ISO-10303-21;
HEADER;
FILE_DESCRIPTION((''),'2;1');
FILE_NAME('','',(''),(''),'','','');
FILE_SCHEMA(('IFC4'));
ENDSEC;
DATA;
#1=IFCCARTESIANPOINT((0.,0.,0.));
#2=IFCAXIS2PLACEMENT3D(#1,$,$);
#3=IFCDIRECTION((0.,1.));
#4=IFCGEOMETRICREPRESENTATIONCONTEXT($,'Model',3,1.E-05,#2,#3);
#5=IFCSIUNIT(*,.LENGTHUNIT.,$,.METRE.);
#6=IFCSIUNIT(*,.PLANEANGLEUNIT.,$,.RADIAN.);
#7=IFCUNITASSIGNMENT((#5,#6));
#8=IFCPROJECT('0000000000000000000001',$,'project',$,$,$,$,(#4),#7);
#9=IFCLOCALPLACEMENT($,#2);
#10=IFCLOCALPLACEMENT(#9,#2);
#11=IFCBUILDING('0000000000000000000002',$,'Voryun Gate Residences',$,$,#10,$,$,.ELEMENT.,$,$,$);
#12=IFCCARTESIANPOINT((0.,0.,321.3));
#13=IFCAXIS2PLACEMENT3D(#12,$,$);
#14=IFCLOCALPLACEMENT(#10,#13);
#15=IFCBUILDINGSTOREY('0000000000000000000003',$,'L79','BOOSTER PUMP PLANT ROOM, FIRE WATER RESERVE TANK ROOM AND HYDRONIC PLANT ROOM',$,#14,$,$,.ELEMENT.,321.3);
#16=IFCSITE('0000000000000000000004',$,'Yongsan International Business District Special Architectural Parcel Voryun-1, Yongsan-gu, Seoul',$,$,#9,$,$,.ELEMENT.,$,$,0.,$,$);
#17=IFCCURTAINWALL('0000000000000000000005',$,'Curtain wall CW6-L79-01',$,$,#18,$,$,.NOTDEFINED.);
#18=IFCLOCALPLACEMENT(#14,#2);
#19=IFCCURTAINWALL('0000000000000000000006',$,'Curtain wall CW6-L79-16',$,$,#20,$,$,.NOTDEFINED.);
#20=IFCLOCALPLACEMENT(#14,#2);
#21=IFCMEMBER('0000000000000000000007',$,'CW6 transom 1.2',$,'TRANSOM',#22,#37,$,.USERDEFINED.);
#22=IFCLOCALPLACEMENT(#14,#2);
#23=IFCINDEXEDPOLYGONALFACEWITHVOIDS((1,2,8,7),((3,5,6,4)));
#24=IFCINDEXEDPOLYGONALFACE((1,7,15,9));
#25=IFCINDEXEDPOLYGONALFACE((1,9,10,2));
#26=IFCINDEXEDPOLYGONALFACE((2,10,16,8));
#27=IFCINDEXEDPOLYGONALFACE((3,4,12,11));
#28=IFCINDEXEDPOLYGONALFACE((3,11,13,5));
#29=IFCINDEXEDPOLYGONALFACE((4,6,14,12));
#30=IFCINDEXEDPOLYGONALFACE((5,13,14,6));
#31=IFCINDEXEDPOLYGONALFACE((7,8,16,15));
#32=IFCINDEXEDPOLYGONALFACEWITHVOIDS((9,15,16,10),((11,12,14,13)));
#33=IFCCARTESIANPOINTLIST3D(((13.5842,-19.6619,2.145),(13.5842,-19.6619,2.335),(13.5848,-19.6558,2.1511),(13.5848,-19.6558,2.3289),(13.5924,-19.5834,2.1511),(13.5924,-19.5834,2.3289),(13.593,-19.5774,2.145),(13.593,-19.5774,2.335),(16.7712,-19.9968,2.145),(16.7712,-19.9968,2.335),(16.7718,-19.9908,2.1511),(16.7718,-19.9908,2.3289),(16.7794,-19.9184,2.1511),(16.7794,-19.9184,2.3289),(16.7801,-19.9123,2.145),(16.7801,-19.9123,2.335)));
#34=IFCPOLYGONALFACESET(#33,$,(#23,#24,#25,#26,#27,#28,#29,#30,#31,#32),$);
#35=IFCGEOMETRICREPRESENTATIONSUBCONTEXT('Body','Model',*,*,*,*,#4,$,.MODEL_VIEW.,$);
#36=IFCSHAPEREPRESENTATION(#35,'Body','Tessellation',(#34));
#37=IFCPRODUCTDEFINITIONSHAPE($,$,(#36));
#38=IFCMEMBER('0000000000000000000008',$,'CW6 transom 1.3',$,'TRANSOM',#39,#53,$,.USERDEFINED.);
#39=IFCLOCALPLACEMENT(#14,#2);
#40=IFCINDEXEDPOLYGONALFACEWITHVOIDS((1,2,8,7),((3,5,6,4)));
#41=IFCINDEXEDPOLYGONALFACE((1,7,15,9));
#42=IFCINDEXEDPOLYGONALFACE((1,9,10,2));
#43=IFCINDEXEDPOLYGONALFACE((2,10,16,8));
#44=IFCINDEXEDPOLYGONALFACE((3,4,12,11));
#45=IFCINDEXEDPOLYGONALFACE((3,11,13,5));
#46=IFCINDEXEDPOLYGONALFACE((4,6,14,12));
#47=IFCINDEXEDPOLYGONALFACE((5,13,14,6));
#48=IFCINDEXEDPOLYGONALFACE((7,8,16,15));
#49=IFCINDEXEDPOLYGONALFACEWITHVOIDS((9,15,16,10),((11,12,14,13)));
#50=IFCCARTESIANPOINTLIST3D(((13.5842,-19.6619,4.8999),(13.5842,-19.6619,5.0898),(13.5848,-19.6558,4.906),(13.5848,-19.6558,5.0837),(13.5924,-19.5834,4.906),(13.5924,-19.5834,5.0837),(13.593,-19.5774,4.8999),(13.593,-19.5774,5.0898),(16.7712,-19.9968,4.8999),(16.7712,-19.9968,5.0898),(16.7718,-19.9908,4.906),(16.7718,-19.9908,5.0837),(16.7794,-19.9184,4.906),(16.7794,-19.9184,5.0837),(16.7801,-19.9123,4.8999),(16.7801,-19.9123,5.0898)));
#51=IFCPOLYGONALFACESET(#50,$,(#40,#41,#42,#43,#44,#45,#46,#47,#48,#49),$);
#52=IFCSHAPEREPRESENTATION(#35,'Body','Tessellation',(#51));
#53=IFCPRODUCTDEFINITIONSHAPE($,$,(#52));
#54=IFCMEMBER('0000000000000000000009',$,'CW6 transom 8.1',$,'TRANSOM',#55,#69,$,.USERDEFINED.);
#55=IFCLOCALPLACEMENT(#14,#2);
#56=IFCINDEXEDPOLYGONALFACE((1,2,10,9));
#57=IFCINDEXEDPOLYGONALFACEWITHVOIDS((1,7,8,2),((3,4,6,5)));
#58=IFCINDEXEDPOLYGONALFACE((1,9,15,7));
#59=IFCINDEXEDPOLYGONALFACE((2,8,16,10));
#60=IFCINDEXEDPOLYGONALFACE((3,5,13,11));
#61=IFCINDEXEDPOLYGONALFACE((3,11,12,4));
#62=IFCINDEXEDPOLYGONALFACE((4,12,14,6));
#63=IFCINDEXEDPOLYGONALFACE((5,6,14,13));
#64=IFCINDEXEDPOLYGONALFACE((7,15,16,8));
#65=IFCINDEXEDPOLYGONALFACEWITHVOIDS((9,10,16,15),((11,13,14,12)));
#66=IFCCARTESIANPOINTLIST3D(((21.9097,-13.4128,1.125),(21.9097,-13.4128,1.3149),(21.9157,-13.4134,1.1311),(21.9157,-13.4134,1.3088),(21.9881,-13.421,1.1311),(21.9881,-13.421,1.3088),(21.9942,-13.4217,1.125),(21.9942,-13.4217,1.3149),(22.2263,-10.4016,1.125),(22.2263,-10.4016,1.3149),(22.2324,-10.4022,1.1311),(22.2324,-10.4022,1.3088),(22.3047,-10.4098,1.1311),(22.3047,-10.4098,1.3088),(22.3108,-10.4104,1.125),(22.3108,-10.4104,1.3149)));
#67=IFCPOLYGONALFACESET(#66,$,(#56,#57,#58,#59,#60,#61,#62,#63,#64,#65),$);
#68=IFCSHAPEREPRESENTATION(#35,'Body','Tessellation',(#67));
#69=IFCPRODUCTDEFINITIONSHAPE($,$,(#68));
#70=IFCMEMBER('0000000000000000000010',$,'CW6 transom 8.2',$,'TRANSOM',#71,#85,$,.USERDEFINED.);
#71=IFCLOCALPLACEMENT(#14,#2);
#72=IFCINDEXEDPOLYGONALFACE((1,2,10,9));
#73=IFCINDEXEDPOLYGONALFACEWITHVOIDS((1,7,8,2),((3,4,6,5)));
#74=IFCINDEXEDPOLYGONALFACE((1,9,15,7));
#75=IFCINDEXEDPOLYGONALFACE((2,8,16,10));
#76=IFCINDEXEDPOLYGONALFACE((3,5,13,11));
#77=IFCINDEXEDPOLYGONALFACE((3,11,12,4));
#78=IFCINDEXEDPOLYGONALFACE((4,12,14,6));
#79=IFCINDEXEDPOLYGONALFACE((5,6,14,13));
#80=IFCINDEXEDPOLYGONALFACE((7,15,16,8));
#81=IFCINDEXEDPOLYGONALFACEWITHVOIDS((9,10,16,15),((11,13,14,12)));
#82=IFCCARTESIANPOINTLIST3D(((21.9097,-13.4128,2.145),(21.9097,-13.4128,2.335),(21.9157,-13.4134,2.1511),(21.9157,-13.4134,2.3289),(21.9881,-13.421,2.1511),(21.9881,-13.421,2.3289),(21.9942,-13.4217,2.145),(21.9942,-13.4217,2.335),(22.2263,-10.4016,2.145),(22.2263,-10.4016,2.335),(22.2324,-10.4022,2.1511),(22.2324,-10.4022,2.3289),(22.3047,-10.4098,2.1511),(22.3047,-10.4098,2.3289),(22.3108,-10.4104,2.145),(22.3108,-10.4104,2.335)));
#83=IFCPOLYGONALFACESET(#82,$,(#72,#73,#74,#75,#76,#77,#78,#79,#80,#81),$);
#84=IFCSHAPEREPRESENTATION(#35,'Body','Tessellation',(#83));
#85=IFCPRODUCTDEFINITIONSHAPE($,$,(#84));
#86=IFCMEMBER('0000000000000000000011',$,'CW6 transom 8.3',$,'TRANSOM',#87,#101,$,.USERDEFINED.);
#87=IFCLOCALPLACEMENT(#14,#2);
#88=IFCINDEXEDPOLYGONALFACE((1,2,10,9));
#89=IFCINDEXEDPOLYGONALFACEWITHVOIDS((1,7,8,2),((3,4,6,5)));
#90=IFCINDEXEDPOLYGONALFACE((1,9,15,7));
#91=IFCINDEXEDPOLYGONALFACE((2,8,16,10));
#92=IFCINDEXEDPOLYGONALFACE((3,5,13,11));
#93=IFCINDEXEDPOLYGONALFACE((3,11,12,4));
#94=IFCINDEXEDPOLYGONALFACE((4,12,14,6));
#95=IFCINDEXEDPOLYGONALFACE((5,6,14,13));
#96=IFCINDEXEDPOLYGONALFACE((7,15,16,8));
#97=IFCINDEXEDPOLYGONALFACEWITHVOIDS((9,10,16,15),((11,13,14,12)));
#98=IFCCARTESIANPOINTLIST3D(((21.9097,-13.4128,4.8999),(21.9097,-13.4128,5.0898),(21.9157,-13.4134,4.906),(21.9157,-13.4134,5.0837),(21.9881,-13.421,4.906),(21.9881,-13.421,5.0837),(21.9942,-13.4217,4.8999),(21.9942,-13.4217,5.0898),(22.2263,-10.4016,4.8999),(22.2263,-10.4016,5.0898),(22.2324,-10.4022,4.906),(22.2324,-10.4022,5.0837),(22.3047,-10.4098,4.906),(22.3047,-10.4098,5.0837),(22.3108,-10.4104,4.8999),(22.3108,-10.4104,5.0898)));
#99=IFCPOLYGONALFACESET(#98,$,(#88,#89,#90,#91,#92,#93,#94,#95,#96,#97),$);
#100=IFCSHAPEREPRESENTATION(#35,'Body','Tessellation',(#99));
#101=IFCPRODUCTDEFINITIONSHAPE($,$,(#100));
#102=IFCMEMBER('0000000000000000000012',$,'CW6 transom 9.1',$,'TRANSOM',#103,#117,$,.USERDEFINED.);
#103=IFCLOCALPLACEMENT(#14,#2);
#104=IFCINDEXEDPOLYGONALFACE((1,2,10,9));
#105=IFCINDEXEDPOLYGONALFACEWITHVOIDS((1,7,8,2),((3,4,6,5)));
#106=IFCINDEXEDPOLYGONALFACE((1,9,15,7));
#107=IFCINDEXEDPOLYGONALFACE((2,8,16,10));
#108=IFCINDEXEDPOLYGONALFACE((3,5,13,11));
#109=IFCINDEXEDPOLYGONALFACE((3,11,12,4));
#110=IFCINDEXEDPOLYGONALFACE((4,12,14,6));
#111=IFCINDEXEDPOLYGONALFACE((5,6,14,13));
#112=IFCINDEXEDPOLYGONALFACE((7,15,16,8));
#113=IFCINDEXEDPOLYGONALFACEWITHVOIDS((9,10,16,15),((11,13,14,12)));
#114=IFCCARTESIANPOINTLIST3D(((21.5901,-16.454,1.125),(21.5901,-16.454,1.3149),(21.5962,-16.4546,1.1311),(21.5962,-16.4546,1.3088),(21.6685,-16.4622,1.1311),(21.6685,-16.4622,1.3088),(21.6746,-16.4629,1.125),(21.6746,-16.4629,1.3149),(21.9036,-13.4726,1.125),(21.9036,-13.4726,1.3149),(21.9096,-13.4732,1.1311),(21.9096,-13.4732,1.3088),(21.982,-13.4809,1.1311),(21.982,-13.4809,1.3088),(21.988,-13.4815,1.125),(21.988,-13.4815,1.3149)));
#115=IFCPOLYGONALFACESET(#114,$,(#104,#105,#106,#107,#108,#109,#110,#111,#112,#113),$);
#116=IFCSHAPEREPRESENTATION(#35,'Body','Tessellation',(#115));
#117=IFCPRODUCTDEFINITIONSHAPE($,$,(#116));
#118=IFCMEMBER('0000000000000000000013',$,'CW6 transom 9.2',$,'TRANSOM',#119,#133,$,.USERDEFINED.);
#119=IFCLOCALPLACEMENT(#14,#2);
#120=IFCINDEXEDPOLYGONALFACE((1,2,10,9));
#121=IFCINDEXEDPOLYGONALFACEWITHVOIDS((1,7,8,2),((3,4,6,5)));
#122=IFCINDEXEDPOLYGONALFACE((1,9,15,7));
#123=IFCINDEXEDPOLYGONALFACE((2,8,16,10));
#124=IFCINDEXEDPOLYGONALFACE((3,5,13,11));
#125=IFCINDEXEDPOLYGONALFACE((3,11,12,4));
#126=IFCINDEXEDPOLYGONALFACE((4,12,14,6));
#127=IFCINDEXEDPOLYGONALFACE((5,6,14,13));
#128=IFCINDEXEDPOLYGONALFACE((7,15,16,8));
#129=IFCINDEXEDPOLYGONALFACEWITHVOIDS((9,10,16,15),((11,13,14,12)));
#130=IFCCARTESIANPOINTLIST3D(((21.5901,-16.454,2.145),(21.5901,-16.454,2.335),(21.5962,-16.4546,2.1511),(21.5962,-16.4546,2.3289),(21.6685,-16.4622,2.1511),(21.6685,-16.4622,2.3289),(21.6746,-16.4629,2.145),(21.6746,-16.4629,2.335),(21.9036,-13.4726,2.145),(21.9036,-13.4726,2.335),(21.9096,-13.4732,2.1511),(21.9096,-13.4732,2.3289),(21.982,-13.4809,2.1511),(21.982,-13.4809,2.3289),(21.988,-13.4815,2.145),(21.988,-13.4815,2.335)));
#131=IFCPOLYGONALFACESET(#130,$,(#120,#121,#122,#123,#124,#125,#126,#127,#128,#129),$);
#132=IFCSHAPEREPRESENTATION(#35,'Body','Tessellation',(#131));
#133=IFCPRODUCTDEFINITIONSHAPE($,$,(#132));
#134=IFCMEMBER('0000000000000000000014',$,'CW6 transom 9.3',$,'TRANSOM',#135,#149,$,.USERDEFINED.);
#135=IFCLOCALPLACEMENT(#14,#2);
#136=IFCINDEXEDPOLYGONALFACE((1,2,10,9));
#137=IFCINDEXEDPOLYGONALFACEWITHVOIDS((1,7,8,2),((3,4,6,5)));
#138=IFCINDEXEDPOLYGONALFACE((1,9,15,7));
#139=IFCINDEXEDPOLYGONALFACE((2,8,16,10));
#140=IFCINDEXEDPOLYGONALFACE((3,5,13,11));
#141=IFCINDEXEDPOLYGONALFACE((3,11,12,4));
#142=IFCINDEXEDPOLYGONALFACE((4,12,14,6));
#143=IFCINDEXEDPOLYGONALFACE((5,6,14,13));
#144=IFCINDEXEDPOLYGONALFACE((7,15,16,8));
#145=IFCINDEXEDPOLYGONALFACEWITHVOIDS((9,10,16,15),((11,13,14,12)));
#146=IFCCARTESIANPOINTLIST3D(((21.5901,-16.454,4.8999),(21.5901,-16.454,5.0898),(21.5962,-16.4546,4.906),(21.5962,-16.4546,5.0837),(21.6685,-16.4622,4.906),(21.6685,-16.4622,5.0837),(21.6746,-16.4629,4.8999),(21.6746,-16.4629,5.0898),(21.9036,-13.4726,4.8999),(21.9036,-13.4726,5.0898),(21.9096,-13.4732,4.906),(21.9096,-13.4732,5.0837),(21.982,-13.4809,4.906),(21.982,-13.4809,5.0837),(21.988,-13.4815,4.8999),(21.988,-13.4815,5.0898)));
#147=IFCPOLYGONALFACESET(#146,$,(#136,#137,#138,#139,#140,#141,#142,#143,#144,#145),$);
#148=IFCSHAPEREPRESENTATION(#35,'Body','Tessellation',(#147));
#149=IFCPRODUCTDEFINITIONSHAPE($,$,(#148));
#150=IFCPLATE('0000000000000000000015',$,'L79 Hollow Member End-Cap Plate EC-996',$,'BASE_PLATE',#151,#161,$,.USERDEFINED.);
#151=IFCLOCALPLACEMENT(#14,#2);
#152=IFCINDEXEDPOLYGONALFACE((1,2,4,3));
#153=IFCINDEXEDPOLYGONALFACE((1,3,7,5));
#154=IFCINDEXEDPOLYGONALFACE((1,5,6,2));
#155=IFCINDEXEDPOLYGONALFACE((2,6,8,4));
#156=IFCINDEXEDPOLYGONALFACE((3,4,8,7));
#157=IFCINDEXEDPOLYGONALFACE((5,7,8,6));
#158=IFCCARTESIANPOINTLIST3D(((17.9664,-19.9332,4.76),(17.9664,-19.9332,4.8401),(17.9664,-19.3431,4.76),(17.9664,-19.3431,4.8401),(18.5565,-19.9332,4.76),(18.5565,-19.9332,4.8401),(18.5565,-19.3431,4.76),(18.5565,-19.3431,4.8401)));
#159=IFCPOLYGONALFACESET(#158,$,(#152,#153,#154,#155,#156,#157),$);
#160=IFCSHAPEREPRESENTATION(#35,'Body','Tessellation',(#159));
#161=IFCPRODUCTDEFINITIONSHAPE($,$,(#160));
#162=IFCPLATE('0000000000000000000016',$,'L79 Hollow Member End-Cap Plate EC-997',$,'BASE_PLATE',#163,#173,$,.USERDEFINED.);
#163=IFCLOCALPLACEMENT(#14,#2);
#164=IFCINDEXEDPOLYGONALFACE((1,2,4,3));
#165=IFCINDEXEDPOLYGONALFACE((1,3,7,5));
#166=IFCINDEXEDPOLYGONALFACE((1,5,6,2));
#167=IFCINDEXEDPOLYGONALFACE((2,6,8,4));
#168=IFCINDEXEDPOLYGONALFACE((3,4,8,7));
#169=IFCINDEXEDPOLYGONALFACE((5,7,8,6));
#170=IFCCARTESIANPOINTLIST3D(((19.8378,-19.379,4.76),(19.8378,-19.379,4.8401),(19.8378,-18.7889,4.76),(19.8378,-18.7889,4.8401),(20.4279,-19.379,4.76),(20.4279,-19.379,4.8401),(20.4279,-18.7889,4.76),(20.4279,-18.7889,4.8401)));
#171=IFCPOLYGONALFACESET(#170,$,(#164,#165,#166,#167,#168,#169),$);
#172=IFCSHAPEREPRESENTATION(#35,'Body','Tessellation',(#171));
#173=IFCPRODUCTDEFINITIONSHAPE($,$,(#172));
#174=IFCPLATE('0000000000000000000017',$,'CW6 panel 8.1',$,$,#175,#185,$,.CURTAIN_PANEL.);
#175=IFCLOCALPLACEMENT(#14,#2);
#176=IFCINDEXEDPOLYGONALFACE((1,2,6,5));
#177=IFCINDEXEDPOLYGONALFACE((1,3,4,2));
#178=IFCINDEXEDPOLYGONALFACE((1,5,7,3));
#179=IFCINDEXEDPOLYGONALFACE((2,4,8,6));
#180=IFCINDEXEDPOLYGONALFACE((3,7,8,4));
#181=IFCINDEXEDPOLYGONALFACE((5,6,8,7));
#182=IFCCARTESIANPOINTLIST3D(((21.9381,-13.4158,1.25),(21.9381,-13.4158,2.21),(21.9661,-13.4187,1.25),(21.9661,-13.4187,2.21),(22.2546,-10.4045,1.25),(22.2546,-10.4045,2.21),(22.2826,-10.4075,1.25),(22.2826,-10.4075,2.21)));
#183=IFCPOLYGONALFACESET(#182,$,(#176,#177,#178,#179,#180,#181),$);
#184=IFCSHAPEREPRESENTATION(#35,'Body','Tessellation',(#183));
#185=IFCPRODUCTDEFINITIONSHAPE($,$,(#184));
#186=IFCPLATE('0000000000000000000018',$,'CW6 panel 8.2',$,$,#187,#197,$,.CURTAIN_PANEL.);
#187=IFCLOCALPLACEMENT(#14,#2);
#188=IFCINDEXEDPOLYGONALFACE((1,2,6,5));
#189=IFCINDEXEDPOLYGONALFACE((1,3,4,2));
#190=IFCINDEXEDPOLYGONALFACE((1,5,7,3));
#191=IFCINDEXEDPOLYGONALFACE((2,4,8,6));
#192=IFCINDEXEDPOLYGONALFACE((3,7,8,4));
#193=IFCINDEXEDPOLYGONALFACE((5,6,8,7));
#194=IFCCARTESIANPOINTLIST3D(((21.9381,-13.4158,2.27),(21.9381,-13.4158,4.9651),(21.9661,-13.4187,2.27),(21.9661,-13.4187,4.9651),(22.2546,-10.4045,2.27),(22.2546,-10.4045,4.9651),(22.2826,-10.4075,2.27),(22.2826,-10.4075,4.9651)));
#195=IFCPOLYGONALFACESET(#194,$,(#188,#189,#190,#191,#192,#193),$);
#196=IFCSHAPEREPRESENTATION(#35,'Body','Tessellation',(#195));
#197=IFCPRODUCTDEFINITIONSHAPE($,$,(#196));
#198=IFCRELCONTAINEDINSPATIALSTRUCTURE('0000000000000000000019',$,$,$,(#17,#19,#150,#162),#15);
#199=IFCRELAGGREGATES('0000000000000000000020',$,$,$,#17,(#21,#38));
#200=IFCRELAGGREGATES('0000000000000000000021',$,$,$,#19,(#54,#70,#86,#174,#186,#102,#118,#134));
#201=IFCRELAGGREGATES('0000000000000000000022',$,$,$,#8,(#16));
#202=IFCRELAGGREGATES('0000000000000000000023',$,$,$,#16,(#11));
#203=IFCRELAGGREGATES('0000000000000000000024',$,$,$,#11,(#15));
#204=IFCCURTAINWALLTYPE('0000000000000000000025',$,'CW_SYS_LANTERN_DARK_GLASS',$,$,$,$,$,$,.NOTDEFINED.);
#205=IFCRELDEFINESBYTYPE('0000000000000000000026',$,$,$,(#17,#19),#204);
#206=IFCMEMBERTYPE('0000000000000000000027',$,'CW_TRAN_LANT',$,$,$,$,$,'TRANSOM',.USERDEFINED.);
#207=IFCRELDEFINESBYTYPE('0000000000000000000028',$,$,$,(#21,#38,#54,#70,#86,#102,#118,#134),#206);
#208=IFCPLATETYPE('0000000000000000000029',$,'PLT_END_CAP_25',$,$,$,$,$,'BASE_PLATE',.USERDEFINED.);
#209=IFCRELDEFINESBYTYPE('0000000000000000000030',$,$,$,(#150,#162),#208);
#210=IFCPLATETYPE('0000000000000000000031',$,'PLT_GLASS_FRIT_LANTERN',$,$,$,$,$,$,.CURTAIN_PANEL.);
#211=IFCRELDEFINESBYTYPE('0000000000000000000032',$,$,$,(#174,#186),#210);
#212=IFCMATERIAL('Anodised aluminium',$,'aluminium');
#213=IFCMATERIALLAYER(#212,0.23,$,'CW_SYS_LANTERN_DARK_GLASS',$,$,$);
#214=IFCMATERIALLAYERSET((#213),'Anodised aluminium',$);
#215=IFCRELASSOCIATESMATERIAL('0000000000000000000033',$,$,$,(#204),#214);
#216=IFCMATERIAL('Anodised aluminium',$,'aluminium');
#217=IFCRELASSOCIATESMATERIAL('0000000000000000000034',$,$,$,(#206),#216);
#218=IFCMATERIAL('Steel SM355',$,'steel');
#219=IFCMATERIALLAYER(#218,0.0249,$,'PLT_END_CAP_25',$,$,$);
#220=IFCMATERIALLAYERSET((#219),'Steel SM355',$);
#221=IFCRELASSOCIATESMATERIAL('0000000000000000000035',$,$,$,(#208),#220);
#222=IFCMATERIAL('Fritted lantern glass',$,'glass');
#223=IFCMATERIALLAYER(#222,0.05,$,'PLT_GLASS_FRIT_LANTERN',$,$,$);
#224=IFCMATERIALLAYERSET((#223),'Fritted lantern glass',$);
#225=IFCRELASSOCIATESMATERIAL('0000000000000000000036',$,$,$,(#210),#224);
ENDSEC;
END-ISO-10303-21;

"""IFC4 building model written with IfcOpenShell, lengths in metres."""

from ifc_helpers import new_model, si_unit, direction, frame, origin, origin_2d, place, context, subcontext, project, spatial, rectangle, hollow_rectangle, extrude, material, layer, layer_set, material_profile, profile_set, type_object, element, aggregate, save


model = new_model("IFC4")

# Units and contexts
model_context = context("Model", 3, precision=1e-05, world=origin(), true_north=direction((0.0, 1.0)))
body_context = subcontext(model_context, "Body", "Model", "MODEL_VIEW")
ifc_project = project(units=[si_unit("LENGTHUNIT", "METRE"), si_unit("PLANEANGLEUNIT", "RADIAN")], contexts=[model_context])

# Site, building, storey
site_placement = place(None, origin())
site = spatial("IfcSite", under=ifc_project, at=site_placement, Name="Yongsan International Business District Special Architectural Parcel Voryun-1, Yongsan-gu, Seoul", CompositionType="ELEMENT", RefElevation=0.0)
building_placement = place(site_placement, origin())
building = spatial("IfcBuilding", under=site, at=building_placement, Name="Voryun Gate Residences", CompositionType="ELEMENT")
storey_placement = place(building_placement, frame((0.0, 0.0, 321.3)))
storey = spatial("IfcBuildingStorey", under=building, at=storey_placement, Name="L79", Description="BOOSTER PUMP PLANT ROOM, FIRE WATER RESERVE TANK ROOM AND HYDRONIC PLANT ROOM", CompositionType="ELEMENT", Elevation=321.3)

# Curtain wall
ifc_material_1 = material(Name="Anodised aluminium", Category="aluminium")
ifc_layer_1 = layer(ifc_material_1, 0.23, Name="CW_SYS_LANTERN_DARK_GLASS")
ifc_layer_set_1 = layer_set([ifc_layer_1], Name="Anodised aluminium")
curtain_wall_type = type_object("IfcCurtainWallType", Name="CW_SYS_LANTERN_DARK_GLASS", PredefinedType="NOTDEFINED", material=ifc_layer_set_1)
curtain_wall_1_placement = place(storey_placement, origin())
curtain_wall_1 = element("IfcCurtainWall", 1, at=curtain_wall_1_placement, inside=storey, type_object=curtain_wall_type, Name="Curtain wall CW6-L79-01", PredefinedType="NOTDEFINED")

# Curtain wall
curtain_wall_2_placement = place(storey_placement, origin())
curtain_wall_2 = element("IfcCurtainWall", 2, at=curtain_wall_2_placement, inside=storey, type_object=curtain_wall_type, Name="Curtain wall CW6-L79-16", PredefinedType="NOTDEFINED")

# Members
ifc_material_2 = material(Name="Anodised aluminium", Category="aluminium")
ifc_material_profile_1 = material_profile(ifc_material_2, hollow_rectangle(XDim=0.085, YDim=0.1899, WallThickness=0.0061, at=origin_2d()), Name="ALU-TRAN-190x85x6")
ifc_profile_set_1 = profile_set([ifc_material_profile_1], Name="Anodised aluminium")
member_type_1 = type_object("IfcMemberType", Name="CW_TRAN_LANT", ElementType="TRANSOM", PredefinedType="USERDEFINED", material=ifc_profile_set_1)
member_1_placement = place(storey_placement, frame((16.7756, -19.9546, 2.24), z_axis=(-0.994522, 0.104526, 0.0), x_axis=(-0.104526, -0.994522, 0.0)))
member_1 = element("IfcMember", 3, at=member_1_placement, type_object=member_type_1, Name="CW6 transom 1.2", ObjectType="TRANSOM", PredefinedType="USERDEFINED", context=body_context, shape_type="SweptSolid", body=[
    extrude(hollow_rectangle(XDim=0.085, YDim=0.1899, WallThickness=0.0061, at=origin_2d()), origin(), (0.0, 0.0, 1.0), 3.2046),
])
member_2_placement = place(storey_placement, frame((16.7756, -19.9546, 4.9949), z_axis=(-0.994522, 0.104526, 0.0), x_axis=(-0.104526, -0.994522, 0.0)))
member_2 = element("IfcMember", 4, at=member_2_placement, type_object=member_type_1, Name="CW6 transom 1.3", ObjectType="TRANSOM", PredefinedType="USERDEFINED", context=body_context, shape_type="SweptSolid", body=[
    extrude(hollow_rectangle(XDim=0.085, YDim=0.1899, WallThickness=0.0061, at=origin_2d()), origin(), (0.0, 0.0, 1.0), 3.2046),
])
aggregate(curtain_wall_1, [member_1, member_2])
member_3_placement = place(storey_placement, frame((22.2686, -10.406, 1.22), z_axis=(-0.10458, -0.994516, 0.0), x_axis=(0.994516, -0.10458, 0.0)))
member_3 = element("IfcMember", 5, at=member_3_placement, type_object=member_type_1, Name="CW6 transom 8.1", ObjectType="TRANSOM", PredefinedType="USERDEFINED", context=body_context, shape_type="SweptSolid", body=[
    extrude(hollow_rectangle(XDim=0.085, YDim=0.1899, WallThickness=0.0061, at=origin_2d()), origin(), (0.0, 0.0, 1.0), 3.0278),
])
member_4_placement = place(storey_placement, frame((22.2686, -10.406, 2.24), z_axis=(-0.10458, -0.994516, 0.0), x_axis=(0.994516, -0.10458, 0.0)))
member_4 = element("IfcMember", 6, at=member_4_placement, type_object=member_type_1, Name="CW6 transom 8.2", ObjectType="TRANSOM", PredefinedType="USERDEFINED", context=body_context, shape_type="SweptSolid", body=[
    extrude(hollow_rectangle(XDim=0.085, YDim=0.1899, WallThickness=0.0061, at=origin_2d()), origin(), (0.0, 0.0, 1.0), 3.0278),
])
member_5_placement = place(storey_placement, frame((22.2686, -10.406, 4.9949), z_axis=(-0.10458, -0.994516, 0.0), x_axis=(0.994516, -0.10458, 0.0)))
member_5 = element("IfcMember", 7, at=member_5_placement, type_object=member_type_1, Name="CW6 transom 8.3", ObjectType="TRANSOM", PredefinedType="USERDEFINED", context=body_context, shape_type="SweptSolid", body=[
    extrude(hollow_rectangle(XDim=0.085, YDim=0.1899, WallThickness=0.0061, at=origin_2d()), origin(), (0.0, 0.0, 1.0), 3.0278),
])
member_6_placement = place(storey_placement, frame((21.9458, -13.4771, 1.22), z_axis=(-0.104566, -0.994518, 0.0), x_axis=(0.994518, -0.104566, 0.0)))
member_6 = element("IfcMember", 8, at=member_6_placement, type_object=member_type_1, Name="CW6 transom 9.1", ObjectType="TRANSOM", PredefinedType="USERDEFINED", context=body_context, shape_type="SweptSolid", body=[
    extrude(hollow_rectangle(XDim=0.085, YDim=0.1899, WallThickness=0.0061, at=origin_2d()), origin(), (0.0, 0.0, 1.0), 2.9978),
])
member_7_placement = place(storey_placement, frame((21.9458, -13.4771, 2.24), z_axis=(-0.104566, -0.994518, 0.0), x_axis=(0.994518, -0.104566, 0.0)))
member_7 = element("IfcMember", 9, at=member_7_placement, type_object=member_type_1, Name="CW6 transom 9.2", ObjectType="TRANSOM", PredefinedType="USERDEFINED", context=body_context, shape_type="SweptSolid", body=[
    extrude(hollow_rectangle(XDim=0.085, YDim=0.1899, WallThickness=0.0061, at=origin_2d()), origin(), (0.0, 0.0, 1.0), 2.9978),
])
member_8_placement = place(storey_placement, frame((21.9458, -13.4771, 4.9949), z_axis=(-0.104566, -0.994518, 0.0), x_axis=(0.994518, -0.104566, 0.0)))
member_8 = element("IfcMember", 10, at=member_8_placement, type_object=member_type_1, Name="CW6 transom 9.3", ObjectType="TRANSOM", PredefinedType="USERDEFINED", context=body_context, shape_type="SweptSolid", body=[
    extrude(hollow_rectangle(XDim=0.085, YDim=0.1899, WallThickness=0.0061, at=origin_2d()), origin(), (0.0, 0.0, 1.0), 2.9978),
])

# Plates
ifc_material_3 = material(Name="Steel SM355", Category="steel")
ifc_layer_2 = layer(ifc_material_3, 0.0249, Name="PLT_END_CAP_25")
ifc_layer_set_2 = layer_set([ifc_layer_2], Name="Steel SM355")
plate_type_1 = type_object("IfcPlateType", Name="PLT_END_CAP_25", ElementType="BASE_PLATE", PredefinedType="USERDEFINED", material=ifc_layer_set_2)
for number, where, z_axis, x_axis, name in (
    (11, (18.2615, -19.6382, 4.76), (0.0, 0.0, 1.0), (1.0, 0.0, 0.0), "L79 Hollow Member End-Cap Plate EC-996"),
    (12, (20.1328, -19.084, 4.76), (0.0, 0.0, 1.0), (1.0, 0.0, 0.0), "L79 Hollow Member End-Cap Plate EC-997"),
):
    element("IfcPlate", number, at=place(storey_placement, frame(where, z_axis=z_axis, x_axis=x_axis)), inside=storey, type_object=plate_type_1, Name=name, ObjectType="BASE_PLATE", PredefinedType="USERDEFINED", context=body_context, shape_type="SweptSolid", body=[
        extrude(rectangle(XDim=0.5901, YDim=0.5901, at=origin_2d()), origin(), (0.0, 0.0, 1.0), 0.0801),
    ])

# Plates
ifc_material_4 = material(Name="Fritted lantern glass", Category="glass")
ifc_layer_3 = layer(ifc_material_4, 0.05, Name="PLT_GLASS_FRIT_LANTERN")
ifc_layer_set_3 = layer_set([ifc_layer_3], Name="Fritted lantern glass")
plate_type_2 = type_object("IfcPlateType", Name="PLT_GLASS_FRIT_LANTERN", PredefinedType="CURTAIN_PANEL", material=ifc_layer_set_3)
plate_1_placement = place(storey_placement, frame((22.1104, -11.9116, 1.25), z_axis=(0.0, 0.0, 1.0), x_axis=(-0.104528, -0.994522, 0.0)))
plate_1 = element("IfcPlate", 13, at=plate_1_placement, type_object=plate_type_2, Name="CW6 panel 8.1", PredefinedType="CURTAIN_PANEL", context=body_context, shape_type="SweptSolid", body=[
    extrude(rectangle(XDim=3.0278, YDim=0.0281, at=origin_2d()), origin(), (0.0, 0.0, 1.0), 0.96),
])
plate_2_placement = place(storey_placement, frame((22.1104, -11.9116, 2.27), z_axis=(0.0, 0.0, 1.0), x_axis=(-0.104528, -0.994522, 0.0)))
plate_2 = element("IfcPlate", 14, at=plate_2_placement, type_object=plate_type_2, Name="CW6 panel 8.2", PredefinedType="CURTAIN_PANEL", context=body_context, shape_type="SweptSolid", body=[
    extrude(rectangle(XDim=3.0278, YDim=0.0281, at=origin_2d()), origin(), (0.0, 0.0, 1.0), 2.6951),
])
aggregate(curtain_wall_2, [member_3, member_4, member_5, plate_1, plate_2, member_6, member_7, member_8])

save(model, "model.ifc")
